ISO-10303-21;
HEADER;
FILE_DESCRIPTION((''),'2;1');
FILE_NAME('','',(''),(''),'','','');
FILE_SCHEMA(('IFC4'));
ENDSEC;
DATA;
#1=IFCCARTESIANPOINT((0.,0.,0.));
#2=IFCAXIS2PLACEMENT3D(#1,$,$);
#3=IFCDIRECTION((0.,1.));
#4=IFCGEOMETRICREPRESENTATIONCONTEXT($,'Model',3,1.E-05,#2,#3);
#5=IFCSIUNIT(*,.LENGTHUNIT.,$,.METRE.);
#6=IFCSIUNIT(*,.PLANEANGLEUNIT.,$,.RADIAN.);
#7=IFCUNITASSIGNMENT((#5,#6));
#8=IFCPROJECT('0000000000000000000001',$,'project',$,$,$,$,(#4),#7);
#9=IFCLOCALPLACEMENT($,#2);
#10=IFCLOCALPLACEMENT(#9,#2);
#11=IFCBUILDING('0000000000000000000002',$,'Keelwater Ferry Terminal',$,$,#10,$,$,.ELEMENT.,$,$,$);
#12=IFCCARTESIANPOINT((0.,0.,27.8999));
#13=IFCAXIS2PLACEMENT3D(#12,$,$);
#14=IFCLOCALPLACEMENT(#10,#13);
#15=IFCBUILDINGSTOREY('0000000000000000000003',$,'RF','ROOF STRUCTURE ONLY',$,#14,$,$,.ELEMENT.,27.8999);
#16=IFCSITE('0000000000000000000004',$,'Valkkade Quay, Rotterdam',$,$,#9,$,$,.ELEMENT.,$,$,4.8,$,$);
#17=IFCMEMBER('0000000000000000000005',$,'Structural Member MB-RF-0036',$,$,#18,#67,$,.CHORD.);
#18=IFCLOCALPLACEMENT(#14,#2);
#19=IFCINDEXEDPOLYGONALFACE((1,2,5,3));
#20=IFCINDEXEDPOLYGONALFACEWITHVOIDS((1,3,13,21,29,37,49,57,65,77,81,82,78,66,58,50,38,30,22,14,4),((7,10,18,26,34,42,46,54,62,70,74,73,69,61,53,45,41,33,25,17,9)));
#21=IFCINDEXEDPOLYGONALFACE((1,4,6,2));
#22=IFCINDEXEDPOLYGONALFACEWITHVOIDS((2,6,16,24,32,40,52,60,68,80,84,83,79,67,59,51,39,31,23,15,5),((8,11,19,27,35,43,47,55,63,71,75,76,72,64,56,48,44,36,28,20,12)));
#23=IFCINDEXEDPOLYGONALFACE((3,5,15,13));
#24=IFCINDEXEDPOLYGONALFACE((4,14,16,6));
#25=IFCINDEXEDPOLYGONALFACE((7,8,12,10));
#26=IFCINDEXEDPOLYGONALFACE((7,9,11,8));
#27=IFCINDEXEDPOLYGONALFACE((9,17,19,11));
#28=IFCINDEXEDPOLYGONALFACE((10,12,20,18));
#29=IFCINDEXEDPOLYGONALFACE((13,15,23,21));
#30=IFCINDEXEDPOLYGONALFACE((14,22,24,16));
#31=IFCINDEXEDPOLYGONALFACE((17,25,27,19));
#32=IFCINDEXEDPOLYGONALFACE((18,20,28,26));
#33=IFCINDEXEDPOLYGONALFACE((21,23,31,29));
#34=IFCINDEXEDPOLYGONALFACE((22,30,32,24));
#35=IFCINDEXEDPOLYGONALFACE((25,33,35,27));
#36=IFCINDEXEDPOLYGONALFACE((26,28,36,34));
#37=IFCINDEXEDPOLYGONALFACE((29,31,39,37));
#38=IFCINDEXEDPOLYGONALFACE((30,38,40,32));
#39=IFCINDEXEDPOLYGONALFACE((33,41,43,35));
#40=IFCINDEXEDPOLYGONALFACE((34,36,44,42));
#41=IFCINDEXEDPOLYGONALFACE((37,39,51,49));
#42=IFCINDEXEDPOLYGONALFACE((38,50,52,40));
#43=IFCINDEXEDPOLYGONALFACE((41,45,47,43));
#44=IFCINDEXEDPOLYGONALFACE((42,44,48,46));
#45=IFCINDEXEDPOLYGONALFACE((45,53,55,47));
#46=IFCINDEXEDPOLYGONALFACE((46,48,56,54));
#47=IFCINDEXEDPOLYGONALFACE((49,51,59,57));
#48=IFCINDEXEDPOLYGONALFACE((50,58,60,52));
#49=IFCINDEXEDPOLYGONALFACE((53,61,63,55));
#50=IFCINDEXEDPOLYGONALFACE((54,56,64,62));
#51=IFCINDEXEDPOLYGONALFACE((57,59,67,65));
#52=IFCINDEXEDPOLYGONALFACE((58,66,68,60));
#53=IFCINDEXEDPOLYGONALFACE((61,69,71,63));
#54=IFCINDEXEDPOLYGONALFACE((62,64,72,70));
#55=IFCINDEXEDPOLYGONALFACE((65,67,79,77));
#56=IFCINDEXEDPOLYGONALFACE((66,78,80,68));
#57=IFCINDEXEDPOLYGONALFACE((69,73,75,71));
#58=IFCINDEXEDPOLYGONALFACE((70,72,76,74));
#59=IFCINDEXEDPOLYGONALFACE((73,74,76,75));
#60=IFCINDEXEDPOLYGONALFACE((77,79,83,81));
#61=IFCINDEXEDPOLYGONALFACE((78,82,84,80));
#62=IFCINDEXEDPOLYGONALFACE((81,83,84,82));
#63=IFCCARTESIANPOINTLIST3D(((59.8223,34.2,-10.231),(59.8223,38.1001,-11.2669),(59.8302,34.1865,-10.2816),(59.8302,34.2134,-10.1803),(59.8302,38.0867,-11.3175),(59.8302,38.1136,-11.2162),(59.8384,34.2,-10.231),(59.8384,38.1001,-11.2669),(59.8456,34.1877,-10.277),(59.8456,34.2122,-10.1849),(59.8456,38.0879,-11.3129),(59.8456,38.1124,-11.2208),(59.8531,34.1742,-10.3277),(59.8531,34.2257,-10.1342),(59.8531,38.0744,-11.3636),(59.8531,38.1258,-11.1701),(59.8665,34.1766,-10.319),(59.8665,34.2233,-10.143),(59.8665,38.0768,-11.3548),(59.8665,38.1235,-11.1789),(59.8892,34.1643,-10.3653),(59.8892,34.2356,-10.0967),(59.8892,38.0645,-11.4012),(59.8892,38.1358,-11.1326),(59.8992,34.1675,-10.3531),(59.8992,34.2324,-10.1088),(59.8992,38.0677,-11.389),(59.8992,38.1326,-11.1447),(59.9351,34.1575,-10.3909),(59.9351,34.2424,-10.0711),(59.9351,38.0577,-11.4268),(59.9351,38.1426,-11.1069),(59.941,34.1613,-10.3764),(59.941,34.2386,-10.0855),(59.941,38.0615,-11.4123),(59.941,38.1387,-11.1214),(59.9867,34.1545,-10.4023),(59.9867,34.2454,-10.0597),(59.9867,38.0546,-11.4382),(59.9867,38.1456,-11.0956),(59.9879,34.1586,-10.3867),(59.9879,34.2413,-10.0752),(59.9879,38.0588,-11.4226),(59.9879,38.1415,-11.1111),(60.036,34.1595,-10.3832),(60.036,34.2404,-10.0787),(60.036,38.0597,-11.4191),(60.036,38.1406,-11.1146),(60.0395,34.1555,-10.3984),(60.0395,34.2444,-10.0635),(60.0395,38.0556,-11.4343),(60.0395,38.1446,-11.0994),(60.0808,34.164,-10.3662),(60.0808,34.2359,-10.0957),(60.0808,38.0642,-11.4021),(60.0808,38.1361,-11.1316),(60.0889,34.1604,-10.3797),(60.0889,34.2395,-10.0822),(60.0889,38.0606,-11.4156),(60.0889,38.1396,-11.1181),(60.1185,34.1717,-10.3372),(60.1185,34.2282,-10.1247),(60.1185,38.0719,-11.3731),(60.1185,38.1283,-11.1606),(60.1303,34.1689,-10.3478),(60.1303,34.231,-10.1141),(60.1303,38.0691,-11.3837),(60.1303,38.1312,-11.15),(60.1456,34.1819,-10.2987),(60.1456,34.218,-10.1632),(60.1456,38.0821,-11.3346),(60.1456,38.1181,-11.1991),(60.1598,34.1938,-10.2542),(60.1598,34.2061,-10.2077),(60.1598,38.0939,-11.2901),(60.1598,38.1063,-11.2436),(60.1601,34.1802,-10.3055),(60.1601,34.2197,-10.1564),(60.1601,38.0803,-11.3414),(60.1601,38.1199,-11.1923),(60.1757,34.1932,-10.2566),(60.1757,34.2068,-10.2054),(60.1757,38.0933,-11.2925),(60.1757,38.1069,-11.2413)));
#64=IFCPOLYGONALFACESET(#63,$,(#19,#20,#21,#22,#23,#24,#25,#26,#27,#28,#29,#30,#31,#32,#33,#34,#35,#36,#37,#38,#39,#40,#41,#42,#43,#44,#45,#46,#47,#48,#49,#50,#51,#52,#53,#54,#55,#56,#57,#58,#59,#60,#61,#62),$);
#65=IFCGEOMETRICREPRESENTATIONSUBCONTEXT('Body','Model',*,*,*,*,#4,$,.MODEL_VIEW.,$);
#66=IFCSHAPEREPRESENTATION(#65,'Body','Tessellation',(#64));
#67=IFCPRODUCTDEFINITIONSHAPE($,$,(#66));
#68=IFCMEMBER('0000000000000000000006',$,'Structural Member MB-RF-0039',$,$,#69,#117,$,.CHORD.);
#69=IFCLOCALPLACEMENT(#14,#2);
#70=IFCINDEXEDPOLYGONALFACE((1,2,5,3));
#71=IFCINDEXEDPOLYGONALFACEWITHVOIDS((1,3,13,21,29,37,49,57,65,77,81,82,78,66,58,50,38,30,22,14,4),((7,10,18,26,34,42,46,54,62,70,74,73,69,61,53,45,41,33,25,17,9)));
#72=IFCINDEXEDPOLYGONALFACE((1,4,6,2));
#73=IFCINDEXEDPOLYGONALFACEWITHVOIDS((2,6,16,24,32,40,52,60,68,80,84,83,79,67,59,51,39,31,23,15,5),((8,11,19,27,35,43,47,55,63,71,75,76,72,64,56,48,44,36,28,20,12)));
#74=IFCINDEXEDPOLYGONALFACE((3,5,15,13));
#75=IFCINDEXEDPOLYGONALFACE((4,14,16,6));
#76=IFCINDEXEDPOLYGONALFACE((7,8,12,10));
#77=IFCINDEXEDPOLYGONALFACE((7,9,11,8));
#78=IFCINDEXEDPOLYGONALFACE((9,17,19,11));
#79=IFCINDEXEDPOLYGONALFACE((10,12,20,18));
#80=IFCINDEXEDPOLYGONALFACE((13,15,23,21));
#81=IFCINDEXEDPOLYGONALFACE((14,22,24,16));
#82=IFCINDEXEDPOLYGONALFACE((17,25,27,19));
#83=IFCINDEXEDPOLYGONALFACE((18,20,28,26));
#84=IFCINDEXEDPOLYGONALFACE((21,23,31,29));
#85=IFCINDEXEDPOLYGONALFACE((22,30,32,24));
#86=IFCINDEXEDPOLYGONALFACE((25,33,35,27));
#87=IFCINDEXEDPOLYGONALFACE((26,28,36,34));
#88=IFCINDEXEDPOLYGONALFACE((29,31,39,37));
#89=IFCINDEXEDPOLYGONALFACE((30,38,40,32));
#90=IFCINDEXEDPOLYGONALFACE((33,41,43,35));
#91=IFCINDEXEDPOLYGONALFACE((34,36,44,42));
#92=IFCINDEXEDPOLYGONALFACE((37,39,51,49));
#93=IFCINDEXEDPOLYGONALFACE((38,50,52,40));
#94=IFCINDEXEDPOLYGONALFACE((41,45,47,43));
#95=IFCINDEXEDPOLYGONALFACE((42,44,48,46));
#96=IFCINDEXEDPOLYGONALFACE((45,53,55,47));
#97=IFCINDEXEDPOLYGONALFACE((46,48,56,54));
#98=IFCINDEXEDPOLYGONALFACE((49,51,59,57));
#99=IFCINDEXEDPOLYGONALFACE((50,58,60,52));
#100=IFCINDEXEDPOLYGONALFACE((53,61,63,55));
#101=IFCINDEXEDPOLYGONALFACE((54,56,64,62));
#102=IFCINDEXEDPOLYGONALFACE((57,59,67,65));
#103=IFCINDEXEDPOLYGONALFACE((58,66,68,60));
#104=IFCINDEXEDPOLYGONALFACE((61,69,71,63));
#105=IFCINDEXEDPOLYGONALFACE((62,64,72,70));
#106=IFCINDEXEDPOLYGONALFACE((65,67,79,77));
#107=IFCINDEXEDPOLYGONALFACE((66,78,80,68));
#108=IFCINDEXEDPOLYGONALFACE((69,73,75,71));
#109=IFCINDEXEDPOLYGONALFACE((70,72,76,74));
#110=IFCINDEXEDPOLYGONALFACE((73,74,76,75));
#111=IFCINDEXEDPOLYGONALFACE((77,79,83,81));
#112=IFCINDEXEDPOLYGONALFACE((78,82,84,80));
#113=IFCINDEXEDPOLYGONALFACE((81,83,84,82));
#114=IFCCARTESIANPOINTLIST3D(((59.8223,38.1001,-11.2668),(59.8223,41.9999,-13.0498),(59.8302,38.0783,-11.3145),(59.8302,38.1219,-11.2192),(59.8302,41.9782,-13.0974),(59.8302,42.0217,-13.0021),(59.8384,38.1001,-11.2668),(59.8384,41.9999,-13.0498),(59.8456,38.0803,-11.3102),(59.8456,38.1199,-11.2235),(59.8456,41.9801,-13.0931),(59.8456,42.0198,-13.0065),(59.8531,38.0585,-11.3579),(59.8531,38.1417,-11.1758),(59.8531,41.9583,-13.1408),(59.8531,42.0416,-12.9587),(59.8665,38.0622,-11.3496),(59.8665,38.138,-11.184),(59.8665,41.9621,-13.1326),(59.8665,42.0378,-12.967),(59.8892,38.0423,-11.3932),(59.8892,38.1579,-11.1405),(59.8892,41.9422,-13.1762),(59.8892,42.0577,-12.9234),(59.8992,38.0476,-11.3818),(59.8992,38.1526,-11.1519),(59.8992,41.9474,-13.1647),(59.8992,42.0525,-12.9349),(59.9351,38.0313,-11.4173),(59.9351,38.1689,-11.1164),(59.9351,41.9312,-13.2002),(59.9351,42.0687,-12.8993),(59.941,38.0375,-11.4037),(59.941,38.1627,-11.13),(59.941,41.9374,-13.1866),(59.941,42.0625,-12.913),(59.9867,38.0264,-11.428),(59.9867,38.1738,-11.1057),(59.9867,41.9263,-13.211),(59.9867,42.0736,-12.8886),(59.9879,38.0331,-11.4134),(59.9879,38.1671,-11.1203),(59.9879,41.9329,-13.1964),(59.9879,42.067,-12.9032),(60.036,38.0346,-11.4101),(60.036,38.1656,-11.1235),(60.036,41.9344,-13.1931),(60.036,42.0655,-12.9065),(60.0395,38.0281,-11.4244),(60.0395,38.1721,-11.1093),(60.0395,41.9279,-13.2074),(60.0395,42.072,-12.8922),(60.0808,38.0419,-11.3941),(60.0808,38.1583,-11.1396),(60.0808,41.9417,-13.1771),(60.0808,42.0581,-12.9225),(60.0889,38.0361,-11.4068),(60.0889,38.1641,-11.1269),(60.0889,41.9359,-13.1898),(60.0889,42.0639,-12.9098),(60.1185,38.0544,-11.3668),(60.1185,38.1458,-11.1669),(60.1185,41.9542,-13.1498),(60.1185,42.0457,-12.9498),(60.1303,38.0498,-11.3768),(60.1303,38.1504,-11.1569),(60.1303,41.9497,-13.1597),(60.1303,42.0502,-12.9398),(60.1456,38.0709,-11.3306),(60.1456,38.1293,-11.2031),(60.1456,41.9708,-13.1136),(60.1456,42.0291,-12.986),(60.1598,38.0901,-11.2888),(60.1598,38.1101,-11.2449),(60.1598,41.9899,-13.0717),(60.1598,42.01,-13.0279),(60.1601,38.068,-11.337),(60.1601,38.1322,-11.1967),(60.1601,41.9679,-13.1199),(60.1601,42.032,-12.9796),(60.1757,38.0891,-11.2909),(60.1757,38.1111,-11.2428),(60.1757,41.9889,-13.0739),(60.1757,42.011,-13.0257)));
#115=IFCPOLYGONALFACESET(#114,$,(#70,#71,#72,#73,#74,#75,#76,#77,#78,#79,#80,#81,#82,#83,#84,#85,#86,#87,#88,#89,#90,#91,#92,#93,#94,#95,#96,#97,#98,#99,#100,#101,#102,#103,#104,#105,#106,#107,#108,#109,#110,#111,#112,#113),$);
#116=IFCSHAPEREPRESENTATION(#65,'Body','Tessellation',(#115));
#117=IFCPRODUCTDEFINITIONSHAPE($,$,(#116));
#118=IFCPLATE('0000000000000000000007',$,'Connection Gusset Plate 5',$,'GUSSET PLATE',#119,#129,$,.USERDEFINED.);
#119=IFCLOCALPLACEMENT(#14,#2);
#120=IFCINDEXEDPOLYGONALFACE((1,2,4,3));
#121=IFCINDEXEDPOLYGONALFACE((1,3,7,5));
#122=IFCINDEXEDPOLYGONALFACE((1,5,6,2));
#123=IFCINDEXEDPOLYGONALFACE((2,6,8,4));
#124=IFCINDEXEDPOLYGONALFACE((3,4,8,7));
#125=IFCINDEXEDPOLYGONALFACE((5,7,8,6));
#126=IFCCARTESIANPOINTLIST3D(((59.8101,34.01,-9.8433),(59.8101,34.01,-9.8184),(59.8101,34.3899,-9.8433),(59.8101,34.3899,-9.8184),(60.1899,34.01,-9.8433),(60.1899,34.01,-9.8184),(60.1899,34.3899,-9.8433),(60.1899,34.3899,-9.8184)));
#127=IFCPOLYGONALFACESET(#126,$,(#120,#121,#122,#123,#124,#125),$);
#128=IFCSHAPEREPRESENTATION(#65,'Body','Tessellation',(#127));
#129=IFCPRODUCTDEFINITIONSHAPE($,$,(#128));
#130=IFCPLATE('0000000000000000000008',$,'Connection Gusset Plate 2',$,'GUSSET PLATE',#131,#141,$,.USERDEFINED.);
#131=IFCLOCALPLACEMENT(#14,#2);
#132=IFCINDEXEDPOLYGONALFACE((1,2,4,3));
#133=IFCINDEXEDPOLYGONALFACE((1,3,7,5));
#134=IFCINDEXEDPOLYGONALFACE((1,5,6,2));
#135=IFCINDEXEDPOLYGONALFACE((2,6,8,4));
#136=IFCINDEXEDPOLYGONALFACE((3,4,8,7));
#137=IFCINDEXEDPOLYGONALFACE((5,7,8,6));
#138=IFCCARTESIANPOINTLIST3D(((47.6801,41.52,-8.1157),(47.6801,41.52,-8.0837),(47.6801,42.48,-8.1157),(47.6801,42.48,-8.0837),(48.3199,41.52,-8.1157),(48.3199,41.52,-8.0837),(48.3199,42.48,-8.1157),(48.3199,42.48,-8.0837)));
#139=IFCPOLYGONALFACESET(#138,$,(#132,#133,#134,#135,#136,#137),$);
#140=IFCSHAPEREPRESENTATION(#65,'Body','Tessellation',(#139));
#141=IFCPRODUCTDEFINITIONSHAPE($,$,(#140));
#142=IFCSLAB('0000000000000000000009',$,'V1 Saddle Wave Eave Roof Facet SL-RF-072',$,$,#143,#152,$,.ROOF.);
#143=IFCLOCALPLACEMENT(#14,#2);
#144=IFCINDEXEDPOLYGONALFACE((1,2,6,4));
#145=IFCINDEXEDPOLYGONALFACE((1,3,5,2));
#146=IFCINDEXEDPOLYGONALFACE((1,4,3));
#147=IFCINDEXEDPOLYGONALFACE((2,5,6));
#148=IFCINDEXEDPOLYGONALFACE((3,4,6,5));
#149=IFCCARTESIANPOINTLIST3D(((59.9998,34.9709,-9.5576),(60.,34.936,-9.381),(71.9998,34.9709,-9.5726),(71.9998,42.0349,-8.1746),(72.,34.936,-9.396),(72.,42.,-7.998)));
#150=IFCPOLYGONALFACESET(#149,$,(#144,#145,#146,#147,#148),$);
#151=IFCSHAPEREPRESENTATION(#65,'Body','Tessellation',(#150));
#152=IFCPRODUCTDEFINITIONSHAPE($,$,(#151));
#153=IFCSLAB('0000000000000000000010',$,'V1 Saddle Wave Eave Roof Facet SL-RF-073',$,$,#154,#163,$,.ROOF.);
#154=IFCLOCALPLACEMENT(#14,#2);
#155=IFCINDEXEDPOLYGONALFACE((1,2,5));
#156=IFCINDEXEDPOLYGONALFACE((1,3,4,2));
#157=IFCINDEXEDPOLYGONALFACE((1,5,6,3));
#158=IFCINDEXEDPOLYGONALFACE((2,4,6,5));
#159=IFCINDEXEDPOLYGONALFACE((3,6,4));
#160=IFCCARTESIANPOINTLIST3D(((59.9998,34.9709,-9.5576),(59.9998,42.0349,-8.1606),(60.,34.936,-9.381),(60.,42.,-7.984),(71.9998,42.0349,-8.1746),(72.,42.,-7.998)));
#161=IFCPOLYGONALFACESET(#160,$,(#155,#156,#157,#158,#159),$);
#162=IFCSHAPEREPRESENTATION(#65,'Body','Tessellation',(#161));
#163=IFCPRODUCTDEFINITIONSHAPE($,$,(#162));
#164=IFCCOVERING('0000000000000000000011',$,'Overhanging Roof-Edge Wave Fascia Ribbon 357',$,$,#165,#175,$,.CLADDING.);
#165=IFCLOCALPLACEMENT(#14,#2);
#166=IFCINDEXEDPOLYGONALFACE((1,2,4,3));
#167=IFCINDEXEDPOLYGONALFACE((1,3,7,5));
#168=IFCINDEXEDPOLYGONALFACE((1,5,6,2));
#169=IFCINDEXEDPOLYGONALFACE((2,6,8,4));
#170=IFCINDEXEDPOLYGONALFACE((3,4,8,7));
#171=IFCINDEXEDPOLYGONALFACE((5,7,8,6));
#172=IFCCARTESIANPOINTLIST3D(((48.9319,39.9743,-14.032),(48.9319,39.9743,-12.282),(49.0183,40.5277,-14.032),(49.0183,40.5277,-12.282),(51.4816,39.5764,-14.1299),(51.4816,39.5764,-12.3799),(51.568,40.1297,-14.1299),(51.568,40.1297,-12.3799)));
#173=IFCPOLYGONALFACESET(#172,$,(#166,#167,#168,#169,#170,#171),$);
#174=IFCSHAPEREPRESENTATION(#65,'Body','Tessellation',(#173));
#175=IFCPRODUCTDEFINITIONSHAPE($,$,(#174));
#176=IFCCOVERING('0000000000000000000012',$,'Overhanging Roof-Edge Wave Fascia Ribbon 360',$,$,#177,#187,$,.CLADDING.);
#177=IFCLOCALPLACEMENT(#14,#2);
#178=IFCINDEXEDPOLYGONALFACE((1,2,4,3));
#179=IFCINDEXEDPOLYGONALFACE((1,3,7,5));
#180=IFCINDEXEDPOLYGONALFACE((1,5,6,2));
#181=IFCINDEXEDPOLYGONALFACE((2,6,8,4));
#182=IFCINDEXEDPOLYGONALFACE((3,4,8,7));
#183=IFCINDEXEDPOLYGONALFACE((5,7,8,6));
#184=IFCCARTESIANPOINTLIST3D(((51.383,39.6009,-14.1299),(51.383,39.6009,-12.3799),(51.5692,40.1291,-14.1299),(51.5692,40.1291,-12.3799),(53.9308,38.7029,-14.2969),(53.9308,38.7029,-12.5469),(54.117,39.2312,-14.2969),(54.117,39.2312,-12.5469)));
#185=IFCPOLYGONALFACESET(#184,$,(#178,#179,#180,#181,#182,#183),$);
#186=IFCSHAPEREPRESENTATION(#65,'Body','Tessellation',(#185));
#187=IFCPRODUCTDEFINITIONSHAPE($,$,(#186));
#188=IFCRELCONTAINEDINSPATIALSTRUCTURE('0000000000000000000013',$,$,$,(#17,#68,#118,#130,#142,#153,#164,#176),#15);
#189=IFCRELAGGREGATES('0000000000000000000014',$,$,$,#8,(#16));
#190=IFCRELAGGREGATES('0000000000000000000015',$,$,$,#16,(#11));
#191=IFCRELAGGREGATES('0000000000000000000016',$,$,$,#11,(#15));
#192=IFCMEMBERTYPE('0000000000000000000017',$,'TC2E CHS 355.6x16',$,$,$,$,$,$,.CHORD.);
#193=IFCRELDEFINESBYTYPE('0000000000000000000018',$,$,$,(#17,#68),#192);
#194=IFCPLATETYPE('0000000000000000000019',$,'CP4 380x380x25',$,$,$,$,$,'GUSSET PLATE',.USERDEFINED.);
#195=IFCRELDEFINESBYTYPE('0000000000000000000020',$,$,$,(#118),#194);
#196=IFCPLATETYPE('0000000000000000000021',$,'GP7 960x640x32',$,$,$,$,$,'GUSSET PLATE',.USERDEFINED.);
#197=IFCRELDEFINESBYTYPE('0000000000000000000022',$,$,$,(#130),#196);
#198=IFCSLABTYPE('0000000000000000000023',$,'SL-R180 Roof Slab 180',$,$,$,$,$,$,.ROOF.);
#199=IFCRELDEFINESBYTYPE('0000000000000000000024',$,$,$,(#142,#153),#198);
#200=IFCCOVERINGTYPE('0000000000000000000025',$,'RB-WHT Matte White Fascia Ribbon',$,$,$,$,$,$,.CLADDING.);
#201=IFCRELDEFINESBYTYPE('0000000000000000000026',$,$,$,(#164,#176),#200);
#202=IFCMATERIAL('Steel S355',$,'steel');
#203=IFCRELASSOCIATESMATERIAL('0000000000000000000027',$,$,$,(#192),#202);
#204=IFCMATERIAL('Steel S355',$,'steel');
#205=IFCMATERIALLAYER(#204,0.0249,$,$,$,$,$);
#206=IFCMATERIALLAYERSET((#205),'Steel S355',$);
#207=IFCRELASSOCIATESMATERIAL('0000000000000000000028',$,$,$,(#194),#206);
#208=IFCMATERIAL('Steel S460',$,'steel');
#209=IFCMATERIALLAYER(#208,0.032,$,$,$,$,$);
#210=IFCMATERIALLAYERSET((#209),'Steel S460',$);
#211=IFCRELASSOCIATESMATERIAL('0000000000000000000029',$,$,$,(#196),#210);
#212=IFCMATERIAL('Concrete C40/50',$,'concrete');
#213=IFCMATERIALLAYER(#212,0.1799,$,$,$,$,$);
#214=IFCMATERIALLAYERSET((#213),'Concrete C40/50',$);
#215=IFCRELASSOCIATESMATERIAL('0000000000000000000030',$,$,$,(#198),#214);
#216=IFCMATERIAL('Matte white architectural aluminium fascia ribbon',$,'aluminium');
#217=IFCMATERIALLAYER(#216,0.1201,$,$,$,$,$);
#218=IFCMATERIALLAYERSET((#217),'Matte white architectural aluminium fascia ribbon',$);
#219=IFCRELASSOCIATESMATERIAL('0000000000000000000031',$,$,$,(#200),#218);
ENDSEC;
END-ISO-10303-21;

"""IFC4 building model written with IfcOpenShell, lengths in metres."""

from ifc_helpers import new_model, si_unit, direction, frame, origin, origin_with_axes, origin_2d, place, context, subcontext, project, spatial, polyline, rectangle, hollow_circle, outline, extrude, material, layer, layer_set, material_profile, profile_set, type_object, element, save


model = new_model("IFC4")

# Units and contexts
model_context = context("Model", 3, precision=1e-05, world=origin(), true_north=direction((0.0, 1.0)))
body_context = subcontext(model_context, "Body", "Model", "MODEL_VIEW")
ifc_project = project(units=[si_unit("LENGTHUNIT", "METRE"), si_unit("PLANEANGLEUNIT", "RADIAN")], contexts=[model_context])

# Site, building, storey
site_placement = place(None, origin())
site = spatial("IfcSite", under=ifc_project, at=site_placement, Name="Valkkade Quay, Rotterdam", CompositionType="ELEMENT", RefElevation=4.8)
building_placement = place(site_placement, origin())
building = spatial("IfcBuilding", under=site, at=building_placement, Name="Keelwater Ferry Terminal", CompositionType="ELEMENT")
storey_placement = place(building_placement, frame((0.0, 0.0, 27.8999)))
storey = spatial("IfcBuildingStorey", under=building, at=storey_placement, Name="RF", Description="ROOF STRUCTURE ONLY", CompositionType="ELEMENT", Elevation=27.8999)

# Members
ifc_material_1 = material(Name="Steel S355", Category="steel")
ifc_material_profile_1 = material_profile(ifc_material_1, hollow_circle(Radius=0.1777, WallThickness=0.0161, at=origin_2d()), Name="CHS 355.6x16")
ifc_profile_set_1 = profile_set([ifc_material_profile_1], Name="Steel S355")
member_type_1 = type_object("IfcMemberType", Name="TC2E CHS 355.6x16", PredefinedType="CHORD", material=ifc_profile_set_1)
member_1_placement = place(storey_placement, frame((60.0, 34.2, -10.231), z_axis=(0.0, 0.966491, -0.256702), x_axis=(-1.0, 0.0, 0.0)))
element("IfcMember", 1, at=member_1_placement, inside=storey, type_object=member_type_1, Name="Structural Member MB-RF-0036", PredefinedType="CHORD", context=body_context, shape_type="SweptSolid", body=[
    extrude(hollow_circle(Radius=0.1777, WallThickness=0.0161, at=origin_2d()), origin(), (0.0, 0.0, 1.0), 4.0354),
])
member_2_placement = place(storey_placement, frame((60.0, 38.1001, -11.2668), z_axis=(0.0, 0.909462, -0.415788), x_axis=(-1.0, 0.0, 0.0)))
element("IfcMember", 2, at=member_2_placement, inside=storey, type_object=member_type_1, Name="Structural Member MB-RF-0039", PredefinedType="CHORD", context=body_context, shape_type="SweptSolid", body=[
    extrude(hollow_circle(Radius=0.1777, WallThickness=0.0161, at=origin_2d()), origin(), (0.0, 0.0, 1.0), 4.2881),
])

# Plates
ifc_material_2 = material(Name="Steel S355", Category="steel")
ifc_layer_1 = layer(ifc_material_2, 0.0249)
ifc_layer_set_1 = layer_set([ifc_layer_1], Name="Steel S355")
plate_type_1 = type_object("IfcPlateType", Name="CP4 380x380x25", ElementType="GUSSET PLATE", PredefinedType="USERDEFINED", material=ifc_layer_set_1)
plate_1_placement = place(storey_placement, frame((60.0, 34.2, -9.8433), z_axis=(0.0, 0.0, 1.0), x_axis=(0.0, 1.0, 0.0)))
element("IfcPlate", 3, at=plate_1_placement, inside=storey, type_object=plate_type_1, Name="Connection Gusset Plate 5", ObjectType="GUSSET PLATE", PredefinedType="USERDEFINED", context=body_context, shape_type="SweptSolid", body=[
    extrude(rectangle(XDim=0.3799, YDim=0.3799, at=origin_2d()), origin(), (0.0, 0.0, 1.0), 0.0249),
])
ifc_material_3 = material(Name="Steel S460", Category="steel")
ifc_layer_2 = layer(ifc_material_3, 0.032)
ifc_layer_set_2 = layer_set([ifc_layer_2], Name="Steel S460")
plate_type_2 = type_object("IfcPlateType", Name="GP7 960x640x32", ElementType="GUSSET PLATE", PredefinedType="USERDEFINED", material=ifc_layer_set_2)
plate_2_placement = place(storey_placement, frame((48.0, 42.0, -8.1157), z_axis=(0.0, 0.0, 1.0), x_axis=(0.0, 1.0, 0.0)))
element("IfcPlate", 4, at=plate_2_placement, inside=storey, type_object=plate_type_2, Name="Connection Gusset Plate 2", ObjectType="GUSSET PLATE", PredefinedType="USERDEFINED", context=body_context, shape_type="SweptSolid", body=[
    extrude(rectangle(XDim=0.96, YDim=0.6399, at=origin_2d()), origin(), (0.0, 0.0, 1.0), 0.032),
])

# Slabs
ifc_material_4 = material(Name="Concrete C40/50", Category="concrete")
ifc_layer_3 = layer(ifc_material_4, 0.1799)
ifc_layer_set_3 = layer_set([ifc_layer_3], Name="Concrete C40/50")
slab_type = type_object("IfcSlabType", Name="SL-R180 Roof Slab 180", PredefinedType="ROOF", material=ifc_layer_set_3)
slab_1_placement = place(storey_placement, frame((59.9998, 34.9709, -9.5576), z_axis=(0.001226, -0.194139, 0.980973), x_axis=(0.999999, 0.000238, -0.001203)))
element("IfcSlab", 5, at=slab_1_placement, inside=storey, type_object=slab_type, Name="V1 Saddle Wave Eave Roof Facet SL-RF-072", PredefinedType="ROOF", context=body_context, shape_type="SweptSolid", body=[
    extrude(outline(polyline([(0.0, 0.0), (12.0, -0.0029), (12.0, 7.1981), (0.0, 0.0)])), origin_with_axes(), (0.0, 0.0, 1.0), 0.18),
])
slab_2_placement = place(storey_placement, frame((59.9998, 34.9709, -9.5576), z_axis=(0.001144, -0.194006, 0.981), x_axis=(0.999999, 0.000222, -0.001123)))
element("IfcSlab", 6, at=slab_2_placement, inside=storey, type_object=slab_type, Name="V1 Saddle Wave Eave Roof Facet SL-RF-073", PredefinedType="ROOF", context=body_context, shape_type="SweptSolid", body=[
    extrude(outline(polyline([(0.0, 0.0), (12.0, 7.1981), (0.0, 7.2008), (0.0, 0.0)])), origin_with_axes(), (0.0, 0.0, 1.0), 0.18),
])

# Coverings
ifc_material_5 = material(Name="Matte white architectural aluminium fascia ribbon", Category="aluminium")
ifc_layer_4 = layer(ifc_material_5, 0.1201)
ifc_layer_set_4 = layer_set([ifc_layer_4], Name="Matte white architectural aluminium fascia ribbon")
covering_type = type_object("IfcCoveringType", Name="RB-WHT Matte White Fascia Ribbon", PredefinedType="CLADDING", material=ifc_layer_set_4)
covering_1_placement = place(storey_placement, frame((48.9751, 40.251, -14.1299), z_axis=(0.0, 0.0, 1.0), x_axis=(0.988039, -0.154204, 0.0)))
element("IfcCovering", 7, at=covering_1_placement, inside=storey, type_object=covering_type, Name="Overhanging Roof-Edge Wave Fascia Ribbon 357", PredefinedType="CLADDING", context=body_context, shape_type="SweptSolid", body=[
    extrude(outline(polyline([(0.0, 0.0979), (2.5806, 0.0), (2.5806, 1.75), (0.0, 1.8479), (0.0, 0.0979)])), frame((0.0, 0.28, 0.0), z_axis=(0.0, -1.0, 0.0), x_axis=(1.0, 0.0, 0.0)), (0.0, 0.0, 1.0), 0.5601),
])
covering_2_placement = place(storey_placement, frame((51.4761, 39.865, -14.2969), z_axis=(0.0, 0.0, 1.0), x_axis=(0.94314, -0.332395, 0.0)))
element("IfcCovering", 8, at=covering_2_placement, inside=storey, type_object=covering_type, Name="Overhanging Roof-Edge Wave Fascia Ribbon 360", PredefinedType="CLADDING", context=body_context, shape_type="SweptSolid", body=[
    extrude(outline(polyline([(0.0, 0.167), (2.7014, 0.0), (2.7014, 1.75), (0.0, 1.917), (0.0, 0.167)])), frame((0.0, 0.28, 0.0), z_axis=(0.0, -1.0, 0.0), x_axis=(1.0, 0.0, 0.0)), (0.0, 0.0, 1.0), 0.5601),
])

save(model, "model.ifc")
